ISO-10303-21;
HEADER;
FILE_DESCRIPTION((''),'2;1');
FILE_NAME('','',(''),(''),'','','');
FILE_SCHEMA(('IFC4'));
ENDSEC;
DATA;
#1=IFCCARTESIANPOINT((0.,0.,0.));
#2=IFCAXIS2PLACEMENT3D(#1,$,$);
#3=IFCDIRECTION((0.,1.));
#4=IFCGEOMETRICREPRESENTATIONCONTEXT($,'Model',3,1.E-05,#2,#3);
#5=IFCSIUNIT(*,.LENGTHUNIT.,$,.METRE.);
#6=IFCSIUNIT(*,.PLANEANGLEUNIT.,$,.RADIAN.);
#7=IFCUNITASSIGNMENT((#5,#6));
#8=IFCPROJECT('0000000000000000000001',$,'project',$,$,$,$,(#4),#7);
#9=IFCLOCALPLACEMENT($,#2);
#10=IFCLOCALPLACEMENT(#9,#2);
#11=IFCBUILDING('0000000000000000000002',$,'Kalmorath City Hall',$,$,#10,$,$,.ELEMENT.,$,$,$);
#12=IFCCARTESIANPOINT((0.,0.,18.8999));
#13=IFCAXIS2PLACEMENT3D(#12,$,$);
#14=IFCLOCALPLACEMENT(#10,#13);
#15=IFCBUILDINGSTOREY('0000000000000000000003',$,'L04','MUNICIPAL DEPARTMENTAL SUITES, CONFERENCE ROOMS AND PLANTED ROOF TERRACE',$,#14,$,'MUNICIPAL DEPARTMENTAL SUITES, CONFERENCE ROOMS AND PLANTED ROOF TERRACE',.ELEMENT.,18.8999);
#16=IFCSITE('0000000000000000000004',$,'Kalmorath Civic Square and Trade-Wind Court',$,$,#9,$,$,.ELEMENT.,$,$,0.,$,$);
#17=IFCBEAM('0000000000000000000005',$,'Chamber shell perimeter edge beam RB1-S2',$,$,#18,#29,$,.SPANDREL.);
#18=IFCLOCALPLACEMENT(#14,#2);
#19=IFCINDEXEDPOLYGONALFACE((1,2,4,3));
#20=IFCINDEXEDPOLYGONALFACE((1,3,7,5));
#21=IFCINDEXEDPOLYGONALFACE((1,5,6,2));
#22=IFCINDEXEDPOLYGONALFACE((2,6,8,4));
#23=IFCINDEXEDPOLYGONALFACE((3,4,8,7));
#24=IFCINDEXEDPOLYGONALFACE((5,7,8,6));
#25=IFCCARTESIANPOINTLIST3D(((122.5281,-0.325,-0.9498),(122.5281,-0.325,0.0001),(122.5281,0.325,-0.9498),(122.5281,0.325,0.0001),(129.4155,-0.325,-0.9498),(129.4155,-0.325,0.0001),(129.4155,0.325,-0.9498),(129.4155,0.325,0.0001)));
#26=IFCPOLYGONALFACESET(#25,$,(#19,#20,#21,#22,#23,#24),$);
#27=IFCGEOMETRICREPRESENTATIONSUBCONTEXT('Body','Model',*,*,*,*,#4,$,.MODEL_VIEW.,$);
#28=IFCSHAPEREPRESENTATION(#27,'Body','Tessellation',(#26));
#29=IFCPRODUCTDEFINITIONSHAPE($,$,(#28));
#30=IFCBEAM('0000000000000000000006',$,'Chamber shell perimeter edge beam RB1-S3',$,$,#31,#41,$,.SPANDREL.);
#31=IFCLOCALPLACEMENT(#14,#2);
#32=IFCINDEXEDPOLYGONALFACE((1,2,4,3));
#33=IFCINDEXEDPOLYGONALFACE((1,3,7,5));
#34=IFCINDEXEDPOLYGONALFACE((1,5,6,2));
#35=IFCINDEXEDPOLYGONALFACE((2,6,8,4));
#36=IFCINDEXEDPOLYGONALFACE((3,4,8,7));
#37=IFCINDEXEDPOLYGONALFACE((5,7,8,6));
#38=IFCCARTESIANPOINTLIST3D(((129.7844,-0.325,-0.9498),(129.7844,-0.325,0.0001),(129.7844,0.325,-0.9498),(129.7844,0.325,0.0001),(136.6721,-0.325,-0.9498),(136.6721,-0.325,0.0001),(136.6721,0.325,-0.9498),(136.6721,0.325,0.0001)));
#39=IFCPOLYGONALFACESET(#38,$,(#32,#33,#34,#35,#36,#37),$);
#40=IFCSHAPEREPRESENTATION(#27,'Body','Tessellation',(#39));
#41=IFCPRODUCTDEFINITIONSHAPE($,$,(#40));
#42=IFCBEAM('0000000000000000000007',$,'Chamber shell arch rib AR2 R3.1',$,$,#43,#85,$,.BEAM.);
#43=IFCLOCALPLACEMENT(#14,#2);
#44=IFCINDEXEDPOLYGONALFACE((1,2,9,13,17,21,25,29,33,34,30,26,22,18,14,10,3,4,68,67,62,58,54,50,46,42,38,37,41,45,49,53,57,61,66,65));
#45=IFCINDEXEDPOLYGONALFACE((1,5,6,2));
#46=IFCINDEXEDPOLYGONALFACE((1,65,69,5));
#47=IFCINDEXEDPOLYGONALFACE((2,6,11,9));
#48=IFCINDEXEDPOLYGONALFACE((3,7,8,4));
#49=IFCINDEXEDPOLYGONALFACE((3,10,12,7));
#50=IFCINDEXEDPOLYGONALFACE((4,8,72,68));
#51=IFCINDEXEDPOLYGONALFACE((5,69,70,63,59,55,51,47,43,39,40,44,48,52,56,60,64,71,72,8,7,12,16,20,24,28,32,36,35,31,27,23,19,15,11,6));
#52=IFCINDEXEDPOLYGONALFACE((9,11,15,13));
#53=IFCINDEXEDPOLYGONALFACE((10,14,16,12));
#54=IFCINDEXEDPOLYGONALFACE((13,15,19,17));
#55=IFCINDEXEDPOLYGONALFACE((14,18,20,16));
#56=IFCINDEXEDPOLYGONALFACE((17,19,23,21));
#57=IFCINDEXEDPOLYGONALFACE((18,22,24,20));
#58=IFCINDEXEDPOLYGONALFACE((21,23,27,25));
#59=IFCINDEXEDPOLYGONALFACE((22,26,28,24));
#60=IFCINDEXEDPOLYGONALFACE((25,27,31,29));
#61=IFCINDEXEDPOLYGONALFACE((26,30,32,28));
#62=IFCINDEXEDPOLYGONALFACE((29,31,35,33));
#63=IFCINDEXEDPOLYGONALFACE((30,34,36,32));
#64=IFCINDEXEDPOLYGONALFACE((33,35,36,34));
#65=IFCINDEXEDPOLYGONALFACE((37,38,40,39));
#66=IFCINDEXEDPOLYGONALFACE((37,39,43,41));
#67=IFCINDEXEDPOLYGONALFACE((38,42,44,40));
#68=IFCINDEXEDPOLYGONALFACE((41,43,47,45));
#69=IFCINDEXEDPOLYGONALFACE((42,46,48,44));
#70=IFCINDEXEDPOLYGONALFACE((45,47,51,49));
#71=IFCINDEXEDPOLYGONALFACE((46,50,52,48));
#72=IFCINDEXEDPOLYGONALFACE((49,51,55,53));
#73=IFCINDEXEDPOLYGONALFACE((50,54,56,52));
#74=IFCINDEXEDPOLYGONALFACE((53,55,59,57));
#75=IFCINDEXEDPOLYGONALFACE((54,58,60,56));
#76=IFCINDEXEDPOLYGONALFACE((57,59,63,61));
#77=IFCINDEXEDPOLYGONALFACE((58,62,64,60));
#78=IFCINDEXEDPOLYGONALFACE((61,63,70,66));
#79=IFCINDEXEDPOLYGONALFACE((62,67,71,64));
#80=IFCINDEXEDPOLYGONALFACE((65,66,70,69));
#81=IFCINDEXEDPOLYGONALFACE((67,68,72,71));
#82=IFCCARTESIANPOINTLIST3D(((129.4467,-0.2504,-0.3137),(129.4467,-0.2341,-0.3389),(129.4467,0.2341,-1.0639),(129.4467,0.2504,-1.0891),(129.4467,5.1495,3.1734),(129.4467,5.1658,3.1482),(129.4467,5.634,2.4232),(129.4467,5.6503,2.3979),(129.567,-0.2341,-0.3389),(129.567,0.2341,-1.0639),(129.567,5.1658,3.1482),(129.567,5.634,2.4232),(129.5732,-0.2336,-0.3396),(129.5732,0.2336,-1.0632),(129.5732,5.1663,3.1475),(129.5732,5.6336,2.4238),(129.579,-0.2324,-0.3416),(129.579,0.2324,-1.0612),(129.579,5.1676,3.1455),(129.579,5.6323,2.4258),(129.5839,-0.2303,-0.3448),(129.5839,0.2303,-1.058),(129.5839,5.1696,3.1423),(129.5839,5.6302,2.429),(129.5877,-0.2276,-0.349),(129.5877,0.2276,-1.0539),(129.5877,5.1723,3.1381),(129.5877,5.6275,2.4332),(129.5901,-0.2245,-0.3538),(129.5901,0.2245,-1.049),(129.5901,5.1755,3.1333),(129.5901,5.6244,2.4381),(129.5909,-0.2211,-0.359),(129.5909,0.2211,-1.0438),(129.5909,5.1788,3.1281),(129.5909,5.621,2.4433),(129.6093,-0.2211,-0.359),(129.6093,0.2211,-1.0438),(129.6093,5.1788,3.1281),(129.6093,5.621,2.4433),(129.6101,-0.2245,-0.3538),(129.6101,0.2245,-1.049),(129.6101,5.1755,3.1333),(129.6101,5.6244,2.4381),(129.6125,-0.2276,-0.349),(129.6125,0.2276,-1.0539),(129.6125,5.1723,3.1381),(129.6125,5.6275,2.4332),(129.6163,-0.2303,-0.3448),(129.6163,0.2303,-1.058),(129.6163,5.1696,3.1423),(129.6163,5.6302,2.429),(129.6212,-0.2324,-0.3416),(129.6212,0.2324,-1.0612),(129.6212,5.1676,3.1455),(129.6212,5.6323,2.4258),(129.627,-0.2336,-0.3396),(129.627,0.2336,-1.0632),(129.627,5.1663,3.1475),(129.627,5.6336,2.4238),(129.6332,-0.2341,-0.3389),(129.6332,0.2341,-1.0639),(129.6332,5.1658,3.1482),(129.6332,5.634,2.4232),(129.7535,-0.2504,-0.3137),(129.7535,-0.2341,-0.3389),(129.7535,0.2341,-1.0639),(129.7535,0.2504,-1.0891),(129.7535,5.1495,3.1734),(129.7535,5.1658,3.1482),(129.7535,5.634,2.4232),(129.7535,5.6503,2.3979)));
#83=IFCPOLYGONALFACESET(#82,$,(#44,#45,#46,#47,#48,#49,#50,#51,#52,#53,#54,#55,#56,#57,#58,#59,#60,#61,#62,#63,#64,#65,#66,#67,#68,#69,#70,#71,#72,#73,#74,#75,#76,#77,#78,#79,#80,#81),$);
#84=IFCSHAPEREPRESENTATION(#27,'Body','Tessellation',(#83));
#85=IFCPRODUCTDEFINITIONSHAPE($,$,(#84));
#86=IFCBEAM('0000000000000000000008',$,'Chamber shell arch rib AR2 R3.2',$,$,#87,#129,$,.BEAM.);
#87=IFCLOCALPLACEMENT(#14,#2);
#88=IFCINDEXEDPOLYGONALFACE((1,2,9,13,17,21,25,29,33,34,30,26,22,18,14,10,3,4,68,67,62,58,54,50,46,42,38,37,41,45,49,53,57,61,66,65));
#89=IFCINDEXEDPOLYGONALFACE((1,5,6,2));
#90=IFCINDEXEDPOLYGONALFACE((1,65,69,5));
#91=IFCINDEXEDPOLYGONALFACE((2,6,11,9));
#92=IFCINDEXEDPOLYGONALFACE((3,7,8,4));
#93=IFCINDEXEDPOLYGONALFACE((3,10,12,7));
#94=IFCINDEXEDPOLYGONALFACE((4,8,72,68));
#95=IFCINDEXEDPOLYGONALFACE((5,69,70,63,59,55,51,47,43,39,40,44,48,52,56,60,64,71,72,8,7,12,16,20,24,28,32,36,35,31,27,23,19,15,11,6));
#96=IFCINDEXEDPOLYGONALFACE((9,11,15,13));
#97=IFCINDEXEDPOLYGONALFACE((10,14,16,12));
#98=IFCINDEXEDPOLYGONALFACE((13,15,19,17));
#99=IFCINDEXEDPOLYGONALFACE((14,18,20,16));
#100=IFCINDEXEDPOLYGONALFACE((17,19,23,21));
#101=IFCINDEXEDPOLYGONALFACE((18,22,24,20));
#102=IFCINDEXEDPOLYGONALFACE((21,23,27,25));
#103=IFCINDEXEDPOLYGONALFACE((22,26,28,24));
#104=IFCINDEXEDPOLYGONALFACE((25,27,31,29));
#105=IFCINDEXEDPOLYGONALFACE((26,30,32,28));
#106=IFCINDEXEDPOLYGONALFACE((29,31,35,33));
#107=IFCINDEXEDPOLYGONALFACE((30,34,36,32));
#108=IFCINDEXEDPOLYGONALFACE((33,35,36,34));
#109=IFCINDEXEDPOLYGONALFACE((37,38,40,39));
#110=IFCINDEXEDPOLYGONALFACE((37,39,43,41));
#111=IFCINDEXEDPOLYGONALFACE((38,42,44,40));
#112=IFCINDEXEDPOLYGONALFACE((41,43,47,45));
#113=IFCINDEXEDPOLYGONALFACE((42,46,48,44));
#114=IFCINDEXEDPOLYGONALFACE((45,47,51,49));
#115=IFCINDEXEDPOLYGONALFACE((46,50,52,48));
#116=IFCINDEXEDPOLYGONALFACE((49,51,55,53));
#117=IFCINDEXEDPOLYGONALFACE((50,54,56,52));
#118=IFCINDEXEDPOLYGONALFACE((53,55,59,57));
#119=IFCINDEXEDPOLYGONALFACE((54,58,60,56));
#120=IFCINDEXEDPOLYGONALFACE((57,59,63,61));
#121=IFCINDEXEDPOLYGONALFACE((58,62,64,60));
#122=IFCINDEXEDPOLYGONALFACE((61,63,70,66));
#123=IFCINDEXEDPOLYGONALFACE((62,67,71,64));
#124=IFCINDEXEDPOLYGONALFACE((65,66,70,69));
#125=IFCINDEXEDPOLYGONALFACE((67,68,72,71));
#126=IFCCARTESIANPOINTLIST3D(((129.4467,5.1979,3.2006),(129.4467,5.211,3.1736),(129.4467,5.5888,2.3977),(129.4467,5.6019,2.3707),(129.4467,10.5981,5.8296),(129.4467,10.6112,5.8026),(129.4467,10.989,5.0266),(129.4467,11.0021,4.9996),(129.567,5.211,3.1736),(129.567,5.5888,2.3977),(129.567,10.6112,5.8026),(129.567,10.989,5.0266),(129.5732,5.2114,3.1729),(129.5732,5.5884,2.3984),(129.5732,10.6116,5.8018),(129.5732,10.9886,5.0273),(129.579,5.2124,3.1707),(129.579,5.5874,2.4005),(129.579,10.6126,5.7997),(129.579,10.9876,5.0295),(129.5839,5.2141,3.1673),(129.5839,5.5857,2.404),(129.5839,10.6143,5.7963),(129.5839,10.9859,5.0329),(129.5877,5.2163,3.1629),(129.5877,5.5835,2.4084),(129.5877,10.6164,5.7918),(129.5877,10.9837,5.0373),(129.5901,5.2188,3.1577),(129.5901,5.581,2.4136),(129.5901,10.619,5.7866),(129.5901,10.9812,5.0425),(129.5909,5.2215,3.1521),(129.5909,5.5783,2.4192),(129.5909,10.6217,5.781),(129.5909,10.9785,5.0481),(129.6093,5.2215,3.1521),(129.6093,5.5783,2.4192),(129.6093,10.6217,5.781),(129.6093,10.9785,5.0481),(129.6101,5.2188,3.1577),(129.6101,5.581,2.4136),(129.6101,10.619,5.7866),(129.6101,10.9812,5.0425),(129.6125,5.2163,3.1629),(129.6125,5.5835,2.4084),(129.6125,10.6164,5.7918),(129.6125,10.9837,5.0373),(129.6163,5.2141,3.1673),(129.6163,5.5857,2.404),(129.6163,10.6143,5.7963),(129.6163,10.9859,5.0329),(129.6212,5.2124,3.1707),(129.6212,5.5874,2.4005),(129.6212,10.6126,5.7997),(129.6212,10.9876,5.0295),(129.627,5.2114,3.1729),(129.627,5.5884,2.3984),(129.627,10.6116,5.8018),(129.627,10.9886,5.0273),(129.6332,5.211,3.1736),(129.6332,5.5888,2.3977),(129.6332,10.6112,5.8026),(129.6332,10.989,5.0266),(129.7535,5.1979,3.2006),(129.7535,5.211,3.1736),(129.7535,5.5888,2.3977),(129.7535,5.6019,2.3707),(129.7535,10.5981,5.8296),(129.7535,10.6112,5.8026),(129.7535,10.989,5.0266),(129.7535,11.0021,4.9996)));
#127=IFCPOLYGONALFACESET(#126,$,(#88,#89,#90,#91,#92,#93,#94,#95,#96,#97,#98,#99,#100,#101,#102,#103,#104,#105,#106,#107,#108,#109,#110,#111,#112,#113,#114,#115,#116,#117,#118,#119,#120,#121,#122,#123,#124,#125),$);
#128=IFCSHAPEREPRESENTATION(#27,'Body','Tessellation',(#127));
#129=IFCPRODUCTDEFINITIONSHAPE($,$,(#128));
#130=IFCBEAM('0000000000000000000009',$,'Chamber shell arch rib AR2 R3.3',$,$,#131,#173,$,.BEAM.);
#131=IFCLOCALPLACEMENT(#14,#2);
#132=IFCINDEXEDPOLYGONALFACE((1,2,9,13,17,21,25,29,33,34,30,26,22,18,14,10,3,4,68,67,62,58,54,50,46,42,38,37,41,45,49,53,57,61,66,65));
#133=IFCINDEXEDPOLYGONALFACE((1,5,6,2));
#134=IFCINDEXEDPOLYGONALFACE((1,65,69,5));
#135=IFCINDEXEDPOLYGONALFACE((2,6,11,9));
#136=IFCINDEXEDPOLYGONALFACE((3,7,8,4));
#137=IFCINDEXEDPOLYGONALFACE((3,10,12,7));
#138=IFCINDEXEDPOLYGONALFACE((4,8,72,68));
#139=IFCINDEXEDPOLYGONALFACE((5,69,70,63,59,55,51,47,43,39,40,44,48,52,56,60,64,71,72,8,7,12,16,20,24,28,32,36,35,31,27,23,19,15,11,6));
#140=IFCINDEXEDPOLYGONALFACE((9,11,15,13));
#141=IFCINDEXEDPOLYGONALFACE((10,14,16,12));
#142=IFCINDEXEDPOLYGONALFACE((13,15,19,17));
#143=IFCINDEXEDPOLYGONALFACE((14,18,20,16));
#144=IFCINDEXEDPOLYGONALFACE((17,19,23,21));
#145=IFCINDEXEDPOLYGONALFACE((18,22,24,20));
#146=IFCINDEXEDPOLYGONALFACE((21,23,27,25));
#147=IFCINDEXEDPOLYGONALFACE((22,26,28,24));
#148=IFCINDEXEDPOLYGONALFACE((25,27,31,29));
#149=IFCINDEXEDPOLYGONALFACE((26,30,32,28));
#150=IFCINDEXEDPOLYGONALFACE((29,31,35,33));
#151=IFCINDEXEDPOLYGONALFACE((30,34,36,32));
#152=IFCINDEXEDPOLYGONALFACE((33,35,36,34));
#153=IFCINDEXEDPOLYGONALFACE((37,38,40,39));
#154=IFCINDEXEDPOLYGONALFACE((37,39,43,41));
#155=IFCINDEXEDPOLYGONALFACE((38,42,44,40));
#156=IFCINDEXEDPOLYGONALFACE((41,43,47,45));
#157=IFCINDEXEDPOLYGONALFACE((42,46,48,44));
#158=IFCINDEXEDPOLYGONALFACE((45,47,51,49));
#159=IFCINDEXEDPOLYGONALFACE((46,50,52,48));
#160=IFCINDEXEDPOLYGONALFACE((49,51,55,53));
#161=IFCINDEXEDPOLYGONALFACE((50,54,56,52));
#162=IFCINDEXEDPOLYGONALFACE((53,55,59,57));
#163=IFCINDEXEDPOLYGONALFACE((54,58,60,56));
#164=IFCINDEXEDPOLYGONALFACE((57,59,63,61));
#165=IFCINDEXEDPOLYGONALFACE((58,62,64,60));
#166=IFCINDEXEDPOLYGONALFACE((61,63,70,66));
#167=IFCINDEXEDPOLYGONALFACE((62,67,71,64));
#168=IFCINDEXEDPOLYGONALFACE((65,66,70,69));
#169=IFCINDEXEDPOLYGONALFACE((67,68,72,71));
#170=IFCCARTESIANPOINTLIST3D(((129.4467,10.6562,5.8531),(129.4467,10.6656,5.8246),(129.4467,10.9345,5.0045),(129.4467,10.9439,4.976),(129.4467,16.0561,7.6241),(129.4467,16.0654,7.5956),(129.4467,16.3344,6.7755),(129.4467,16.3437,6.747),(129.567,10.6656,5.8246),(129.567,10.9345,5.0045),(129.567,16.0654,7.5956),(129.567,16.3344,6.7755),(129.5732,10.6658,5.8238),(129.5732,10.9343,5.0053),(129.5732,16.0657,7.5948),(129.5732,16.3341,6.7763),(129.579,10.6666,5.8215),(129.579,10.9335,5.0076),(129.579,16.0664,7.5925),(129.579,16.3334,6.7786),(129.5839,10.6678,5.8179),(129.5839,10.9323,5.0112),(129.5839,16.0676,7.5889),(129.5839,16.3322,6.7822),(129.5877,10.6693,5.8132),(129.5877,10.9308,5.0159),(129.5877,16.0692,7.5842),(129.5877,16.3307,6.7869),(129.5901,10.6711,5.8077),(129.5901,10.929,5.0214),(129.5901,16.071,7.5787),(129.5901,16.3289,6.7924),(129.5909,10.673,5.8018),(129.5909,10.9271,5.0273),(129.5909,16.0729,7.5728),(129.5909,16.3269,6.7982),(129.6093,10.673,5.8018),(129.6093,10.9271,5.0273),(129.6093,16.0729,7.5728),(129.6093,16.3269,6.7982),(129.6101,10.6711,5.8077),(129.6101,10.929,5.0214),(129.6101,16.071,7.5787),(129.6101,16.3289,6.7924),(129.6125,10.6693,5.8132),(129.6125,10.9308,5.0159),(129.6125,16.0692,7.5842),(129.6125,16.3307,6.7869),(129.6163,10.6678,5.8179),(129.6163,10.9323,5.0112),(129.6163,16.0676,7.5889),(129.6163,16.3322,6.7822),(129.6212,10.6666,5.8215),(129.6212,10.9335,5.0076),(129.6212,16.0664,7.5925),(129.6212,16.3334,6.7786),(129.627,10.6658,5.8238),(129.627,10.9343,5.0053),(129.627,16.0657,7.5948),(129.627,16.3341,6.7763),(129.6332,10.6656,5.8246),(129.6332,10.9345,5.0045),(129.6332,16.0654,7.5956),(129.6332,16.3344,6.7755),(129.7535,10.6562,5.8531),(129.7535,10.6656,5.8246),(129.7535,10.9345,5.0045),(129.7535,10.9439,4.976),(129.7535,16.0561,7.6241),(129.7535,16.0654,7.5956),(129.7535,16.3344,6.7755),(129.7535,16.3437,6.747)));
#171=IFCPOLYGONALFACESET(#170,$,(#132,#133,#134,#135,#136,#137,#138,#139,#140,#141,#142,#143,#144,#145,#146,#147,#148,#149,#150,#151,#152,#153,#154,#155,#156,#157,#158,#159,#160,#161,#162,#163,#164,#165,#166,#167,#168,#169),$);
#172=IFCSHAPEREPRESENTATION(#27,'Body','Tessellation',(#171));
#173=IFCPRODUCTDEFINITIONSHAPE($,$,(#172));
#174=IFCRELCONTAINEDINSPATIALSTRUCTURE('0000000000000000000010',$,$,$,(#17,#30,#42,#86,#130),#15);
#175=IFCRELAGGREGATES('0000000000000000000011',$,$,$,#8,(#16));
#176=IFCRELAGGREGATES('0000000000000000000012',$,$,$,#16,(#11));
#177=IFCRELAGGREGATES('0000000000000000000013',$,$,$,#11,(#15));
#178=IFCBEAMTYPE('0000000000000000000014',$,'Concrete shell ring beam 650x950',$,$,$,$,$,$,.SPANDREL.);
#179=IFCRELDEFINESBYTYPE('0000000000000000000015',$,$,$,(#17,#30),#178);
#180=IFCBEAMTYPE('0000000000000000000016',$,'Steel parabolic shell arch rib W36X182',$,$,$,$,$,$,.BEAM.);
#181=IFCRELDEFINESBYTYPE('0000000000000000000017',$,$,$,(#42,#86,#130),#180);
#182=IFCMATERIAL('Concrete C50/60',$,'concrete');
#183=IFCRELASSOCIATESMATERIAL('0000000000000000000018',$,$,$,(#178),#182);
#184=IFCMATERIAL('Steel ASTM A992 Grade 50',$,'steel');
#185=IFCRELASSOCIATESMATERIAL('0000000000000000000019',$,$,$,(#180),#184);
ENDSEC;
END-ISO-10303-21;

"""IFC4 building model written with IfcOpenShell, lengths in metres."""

from ifc_helpers import new_model, si_unit, direction, frame, origin, origin_2d, place, context, subcontext, project, spatial, rectangle, i_section, extrude, material, material_profile, profile_set, type_object, element, save


model = new_model("IFC4")

# Units and contexts
model_context = context("Model", 3, precision=1e-05, world=origin(), true_north=direction((0.0, 1.0)))
body_context = subcontext(model_context, "Body", "Model", "MODEL_VIEW")
ifc_project = project(units=[si_unit("LENGTHUNIT", "METRE"), si_unit("PLANEANGLEUNIT", "RADIAN")], contexts=[model_context])

# Site, building, storey
site_placement = place(None, origin())
site = spatial("IfcSite", under=ifc_project, at=site_placement, Name="Kalmorath Civic Square and Trade-Wind Court", CompositionType="ELEMENT", RefElevation=0.0)
building_placement = place(site_placement, origin())
building = spatial("IfcBuilding", under=site, at=building_placement, Name="Kalmorath City Hall", CompositionType="ELEMENT")
storey_placement = place(building_placement, frame((0.0, 0.0, 18.8999)))
storey = spatial("IfcBuildingStorey", under=building, at=storey_placement, Name="L04", Description="MUNICIPAL DEPARTMENTAL SUITES, CONFERENCE ROOMS AND PLANTED ROOF TERRACE", LongName="MUNICIPAL DEPARTMENTAL SUITES, CONFERENCE ROOMS AND PLANTED ROOF TERRACE", CompositionType="ELEMENT", Elevation=18.8999)

# Beams
ifc_material_1 = material(Name="Concrete C50/60", Category="concrete")
ifc_material_profile_1 = material_profile(ifc_material_1, rectangle(XDim=0.6499, YDim=0.95, at=origin_2d()), Name="RC-RING-650X950")
ifc_profile_set_1 = profile_set([ifc_material_profile_1], Name="Concrete C50/60")
beam_type_1 = type_object("IfcBeamType", Name="Concrete shell ring beam 650x950", PredefinedType="SPANDREL", material=ifc_profile_set_1)
beam_1_placement = place(storey_placement, frame((122.5281, 0.0, -0.4749), z_axis=(1.0, 0.0, 0.0), x_axis=(0.0, 1.0, 0.0)))
element("IfcBeam", 1, at=beam_1_placement, inside=storey, type_object=beam_type_1, Name="Chamber shell perimeter edge beam RB1-S2", PredefinedType="SPANDREL", context=body_context, shape_type="SweptSolid", body=[
    extrude(rectangle(XDim=0.6499, YDim=0.95, at=origin_2d()), origin(), (0.0, 0.0, 1.0), 6.8875),
])
beam_2_placement = place(storey_placement, frame((129.7844, 0.0, -0.4749), z_axis=(1.0, 0.0, 0.0), x_axis=(0.0, 1.0, 0.0)))
element("IfcBeam", 2, at=beam_2_placement, inside=storey, type_object=beam_type_1, Name="Chamber shell perimeter edge beam RB1-S3", PredefinedType="SPANDREL", context=body_context, shape_type="SweptSolid", body=[
    extrude(rectangle(XDim=0.6499, YDim=0.95, at=origin_2d()), origin(), (0.0, 0.0, 1.0), 6.8877),
])
ifc_material_2 = material(Name="Steel ASTM A992 Grade 50", Category="steel")
ifc_material_profile_2 = material_profile(ifc_material_2, i_section(OverallWidth=0.3069, OverallDepth=0.9231, WebThickness=0.0183, FlangeThickness=0.03, FilletRadius=0.0239, at=origin_2d()), Name="W36X182")
ifc_profile_set_2 = profile_set([ifc_material_profile_2], Name="Steel ASTM A992 Grade 50")
beam_type_2 = type_object("IfcBeamType", Name="Steel parabolic shell arch rib W36X182", PredefinedType="BEAM", material=ifc_profile_set_2)
beam_3_placement = place(storey_placement, frame((129.6001, 0.0, -0.7014), z_axis=(0.0, 0.840066, 0.542484), x_axis=(-1.0, 0.0, 0.0)))
element("IfcBeam", 3, at=beam_3_placement, inside=storey, type_object=beam_type_2, Name="Chamber shell arch rib AR2 R3.1", PredefinedType="BEAM", context=body_context, shape_type="SweptSolid", body=[
    extrude(i_section(OverallWidth=0.3069, OverallDepth=0.9231, WebThickness=0.0183, FlangeThickness=0.03, FilletRadius=0.0239, at=origin_2d()), origin(), (0.0, 0.0, 1.0), 6.428),
])
beam_4_placement = place(storey_placement, frame((129.6001, 5.3999, 2.7856), z_axis=(0.0, 0.899117, 0.437709), x_axis=(-1.0, 0.0, 0.0)))
element("IfcBeam", 4, at=beam_4_placement, inside=storey, type_object=beam_type_2, Name="Chamber shell arch rib AR2 R3.2", PredefinedType="BEAM", context=body_context, shape_type="SweptSolid", body=[
    extrude(i_section(OverallWidth=0.3069, OverallDepth=0.9231, WebThickness=0.0183, FlangeThickness=0.03, FilletRadius=0.0239, at=origin_2d()), origin(), (0.0, 0.0, 1.0), 6.0061),
])
beam_5_placement = place(storey_placement, frame((129.6001, 10.8, 5.4146), z_axis=(0.0, 0.950202, 0.311636), x_axis=(-1.0, 0.0, 0.0)))
element("IfcBeam", 5, at=beam_5_placement, inside=storey, type_object=beam_type_2, Name="Chamber shell arch rib AR2 R3.3", PredefinedType="BEAM", context=body_context, shape_type="SweptSolid", body=[
    extrude(i_section(OverallWidth=0.3069, OverallDepth=0.9231, WebThickness=0.0183, FlangeThickness=0.03, FilletRadius=0.0239, at=origin_2d()), origin(), (0.0, 0.0, 1.0), 5.6829),
])

save(model, "model.ifc")
